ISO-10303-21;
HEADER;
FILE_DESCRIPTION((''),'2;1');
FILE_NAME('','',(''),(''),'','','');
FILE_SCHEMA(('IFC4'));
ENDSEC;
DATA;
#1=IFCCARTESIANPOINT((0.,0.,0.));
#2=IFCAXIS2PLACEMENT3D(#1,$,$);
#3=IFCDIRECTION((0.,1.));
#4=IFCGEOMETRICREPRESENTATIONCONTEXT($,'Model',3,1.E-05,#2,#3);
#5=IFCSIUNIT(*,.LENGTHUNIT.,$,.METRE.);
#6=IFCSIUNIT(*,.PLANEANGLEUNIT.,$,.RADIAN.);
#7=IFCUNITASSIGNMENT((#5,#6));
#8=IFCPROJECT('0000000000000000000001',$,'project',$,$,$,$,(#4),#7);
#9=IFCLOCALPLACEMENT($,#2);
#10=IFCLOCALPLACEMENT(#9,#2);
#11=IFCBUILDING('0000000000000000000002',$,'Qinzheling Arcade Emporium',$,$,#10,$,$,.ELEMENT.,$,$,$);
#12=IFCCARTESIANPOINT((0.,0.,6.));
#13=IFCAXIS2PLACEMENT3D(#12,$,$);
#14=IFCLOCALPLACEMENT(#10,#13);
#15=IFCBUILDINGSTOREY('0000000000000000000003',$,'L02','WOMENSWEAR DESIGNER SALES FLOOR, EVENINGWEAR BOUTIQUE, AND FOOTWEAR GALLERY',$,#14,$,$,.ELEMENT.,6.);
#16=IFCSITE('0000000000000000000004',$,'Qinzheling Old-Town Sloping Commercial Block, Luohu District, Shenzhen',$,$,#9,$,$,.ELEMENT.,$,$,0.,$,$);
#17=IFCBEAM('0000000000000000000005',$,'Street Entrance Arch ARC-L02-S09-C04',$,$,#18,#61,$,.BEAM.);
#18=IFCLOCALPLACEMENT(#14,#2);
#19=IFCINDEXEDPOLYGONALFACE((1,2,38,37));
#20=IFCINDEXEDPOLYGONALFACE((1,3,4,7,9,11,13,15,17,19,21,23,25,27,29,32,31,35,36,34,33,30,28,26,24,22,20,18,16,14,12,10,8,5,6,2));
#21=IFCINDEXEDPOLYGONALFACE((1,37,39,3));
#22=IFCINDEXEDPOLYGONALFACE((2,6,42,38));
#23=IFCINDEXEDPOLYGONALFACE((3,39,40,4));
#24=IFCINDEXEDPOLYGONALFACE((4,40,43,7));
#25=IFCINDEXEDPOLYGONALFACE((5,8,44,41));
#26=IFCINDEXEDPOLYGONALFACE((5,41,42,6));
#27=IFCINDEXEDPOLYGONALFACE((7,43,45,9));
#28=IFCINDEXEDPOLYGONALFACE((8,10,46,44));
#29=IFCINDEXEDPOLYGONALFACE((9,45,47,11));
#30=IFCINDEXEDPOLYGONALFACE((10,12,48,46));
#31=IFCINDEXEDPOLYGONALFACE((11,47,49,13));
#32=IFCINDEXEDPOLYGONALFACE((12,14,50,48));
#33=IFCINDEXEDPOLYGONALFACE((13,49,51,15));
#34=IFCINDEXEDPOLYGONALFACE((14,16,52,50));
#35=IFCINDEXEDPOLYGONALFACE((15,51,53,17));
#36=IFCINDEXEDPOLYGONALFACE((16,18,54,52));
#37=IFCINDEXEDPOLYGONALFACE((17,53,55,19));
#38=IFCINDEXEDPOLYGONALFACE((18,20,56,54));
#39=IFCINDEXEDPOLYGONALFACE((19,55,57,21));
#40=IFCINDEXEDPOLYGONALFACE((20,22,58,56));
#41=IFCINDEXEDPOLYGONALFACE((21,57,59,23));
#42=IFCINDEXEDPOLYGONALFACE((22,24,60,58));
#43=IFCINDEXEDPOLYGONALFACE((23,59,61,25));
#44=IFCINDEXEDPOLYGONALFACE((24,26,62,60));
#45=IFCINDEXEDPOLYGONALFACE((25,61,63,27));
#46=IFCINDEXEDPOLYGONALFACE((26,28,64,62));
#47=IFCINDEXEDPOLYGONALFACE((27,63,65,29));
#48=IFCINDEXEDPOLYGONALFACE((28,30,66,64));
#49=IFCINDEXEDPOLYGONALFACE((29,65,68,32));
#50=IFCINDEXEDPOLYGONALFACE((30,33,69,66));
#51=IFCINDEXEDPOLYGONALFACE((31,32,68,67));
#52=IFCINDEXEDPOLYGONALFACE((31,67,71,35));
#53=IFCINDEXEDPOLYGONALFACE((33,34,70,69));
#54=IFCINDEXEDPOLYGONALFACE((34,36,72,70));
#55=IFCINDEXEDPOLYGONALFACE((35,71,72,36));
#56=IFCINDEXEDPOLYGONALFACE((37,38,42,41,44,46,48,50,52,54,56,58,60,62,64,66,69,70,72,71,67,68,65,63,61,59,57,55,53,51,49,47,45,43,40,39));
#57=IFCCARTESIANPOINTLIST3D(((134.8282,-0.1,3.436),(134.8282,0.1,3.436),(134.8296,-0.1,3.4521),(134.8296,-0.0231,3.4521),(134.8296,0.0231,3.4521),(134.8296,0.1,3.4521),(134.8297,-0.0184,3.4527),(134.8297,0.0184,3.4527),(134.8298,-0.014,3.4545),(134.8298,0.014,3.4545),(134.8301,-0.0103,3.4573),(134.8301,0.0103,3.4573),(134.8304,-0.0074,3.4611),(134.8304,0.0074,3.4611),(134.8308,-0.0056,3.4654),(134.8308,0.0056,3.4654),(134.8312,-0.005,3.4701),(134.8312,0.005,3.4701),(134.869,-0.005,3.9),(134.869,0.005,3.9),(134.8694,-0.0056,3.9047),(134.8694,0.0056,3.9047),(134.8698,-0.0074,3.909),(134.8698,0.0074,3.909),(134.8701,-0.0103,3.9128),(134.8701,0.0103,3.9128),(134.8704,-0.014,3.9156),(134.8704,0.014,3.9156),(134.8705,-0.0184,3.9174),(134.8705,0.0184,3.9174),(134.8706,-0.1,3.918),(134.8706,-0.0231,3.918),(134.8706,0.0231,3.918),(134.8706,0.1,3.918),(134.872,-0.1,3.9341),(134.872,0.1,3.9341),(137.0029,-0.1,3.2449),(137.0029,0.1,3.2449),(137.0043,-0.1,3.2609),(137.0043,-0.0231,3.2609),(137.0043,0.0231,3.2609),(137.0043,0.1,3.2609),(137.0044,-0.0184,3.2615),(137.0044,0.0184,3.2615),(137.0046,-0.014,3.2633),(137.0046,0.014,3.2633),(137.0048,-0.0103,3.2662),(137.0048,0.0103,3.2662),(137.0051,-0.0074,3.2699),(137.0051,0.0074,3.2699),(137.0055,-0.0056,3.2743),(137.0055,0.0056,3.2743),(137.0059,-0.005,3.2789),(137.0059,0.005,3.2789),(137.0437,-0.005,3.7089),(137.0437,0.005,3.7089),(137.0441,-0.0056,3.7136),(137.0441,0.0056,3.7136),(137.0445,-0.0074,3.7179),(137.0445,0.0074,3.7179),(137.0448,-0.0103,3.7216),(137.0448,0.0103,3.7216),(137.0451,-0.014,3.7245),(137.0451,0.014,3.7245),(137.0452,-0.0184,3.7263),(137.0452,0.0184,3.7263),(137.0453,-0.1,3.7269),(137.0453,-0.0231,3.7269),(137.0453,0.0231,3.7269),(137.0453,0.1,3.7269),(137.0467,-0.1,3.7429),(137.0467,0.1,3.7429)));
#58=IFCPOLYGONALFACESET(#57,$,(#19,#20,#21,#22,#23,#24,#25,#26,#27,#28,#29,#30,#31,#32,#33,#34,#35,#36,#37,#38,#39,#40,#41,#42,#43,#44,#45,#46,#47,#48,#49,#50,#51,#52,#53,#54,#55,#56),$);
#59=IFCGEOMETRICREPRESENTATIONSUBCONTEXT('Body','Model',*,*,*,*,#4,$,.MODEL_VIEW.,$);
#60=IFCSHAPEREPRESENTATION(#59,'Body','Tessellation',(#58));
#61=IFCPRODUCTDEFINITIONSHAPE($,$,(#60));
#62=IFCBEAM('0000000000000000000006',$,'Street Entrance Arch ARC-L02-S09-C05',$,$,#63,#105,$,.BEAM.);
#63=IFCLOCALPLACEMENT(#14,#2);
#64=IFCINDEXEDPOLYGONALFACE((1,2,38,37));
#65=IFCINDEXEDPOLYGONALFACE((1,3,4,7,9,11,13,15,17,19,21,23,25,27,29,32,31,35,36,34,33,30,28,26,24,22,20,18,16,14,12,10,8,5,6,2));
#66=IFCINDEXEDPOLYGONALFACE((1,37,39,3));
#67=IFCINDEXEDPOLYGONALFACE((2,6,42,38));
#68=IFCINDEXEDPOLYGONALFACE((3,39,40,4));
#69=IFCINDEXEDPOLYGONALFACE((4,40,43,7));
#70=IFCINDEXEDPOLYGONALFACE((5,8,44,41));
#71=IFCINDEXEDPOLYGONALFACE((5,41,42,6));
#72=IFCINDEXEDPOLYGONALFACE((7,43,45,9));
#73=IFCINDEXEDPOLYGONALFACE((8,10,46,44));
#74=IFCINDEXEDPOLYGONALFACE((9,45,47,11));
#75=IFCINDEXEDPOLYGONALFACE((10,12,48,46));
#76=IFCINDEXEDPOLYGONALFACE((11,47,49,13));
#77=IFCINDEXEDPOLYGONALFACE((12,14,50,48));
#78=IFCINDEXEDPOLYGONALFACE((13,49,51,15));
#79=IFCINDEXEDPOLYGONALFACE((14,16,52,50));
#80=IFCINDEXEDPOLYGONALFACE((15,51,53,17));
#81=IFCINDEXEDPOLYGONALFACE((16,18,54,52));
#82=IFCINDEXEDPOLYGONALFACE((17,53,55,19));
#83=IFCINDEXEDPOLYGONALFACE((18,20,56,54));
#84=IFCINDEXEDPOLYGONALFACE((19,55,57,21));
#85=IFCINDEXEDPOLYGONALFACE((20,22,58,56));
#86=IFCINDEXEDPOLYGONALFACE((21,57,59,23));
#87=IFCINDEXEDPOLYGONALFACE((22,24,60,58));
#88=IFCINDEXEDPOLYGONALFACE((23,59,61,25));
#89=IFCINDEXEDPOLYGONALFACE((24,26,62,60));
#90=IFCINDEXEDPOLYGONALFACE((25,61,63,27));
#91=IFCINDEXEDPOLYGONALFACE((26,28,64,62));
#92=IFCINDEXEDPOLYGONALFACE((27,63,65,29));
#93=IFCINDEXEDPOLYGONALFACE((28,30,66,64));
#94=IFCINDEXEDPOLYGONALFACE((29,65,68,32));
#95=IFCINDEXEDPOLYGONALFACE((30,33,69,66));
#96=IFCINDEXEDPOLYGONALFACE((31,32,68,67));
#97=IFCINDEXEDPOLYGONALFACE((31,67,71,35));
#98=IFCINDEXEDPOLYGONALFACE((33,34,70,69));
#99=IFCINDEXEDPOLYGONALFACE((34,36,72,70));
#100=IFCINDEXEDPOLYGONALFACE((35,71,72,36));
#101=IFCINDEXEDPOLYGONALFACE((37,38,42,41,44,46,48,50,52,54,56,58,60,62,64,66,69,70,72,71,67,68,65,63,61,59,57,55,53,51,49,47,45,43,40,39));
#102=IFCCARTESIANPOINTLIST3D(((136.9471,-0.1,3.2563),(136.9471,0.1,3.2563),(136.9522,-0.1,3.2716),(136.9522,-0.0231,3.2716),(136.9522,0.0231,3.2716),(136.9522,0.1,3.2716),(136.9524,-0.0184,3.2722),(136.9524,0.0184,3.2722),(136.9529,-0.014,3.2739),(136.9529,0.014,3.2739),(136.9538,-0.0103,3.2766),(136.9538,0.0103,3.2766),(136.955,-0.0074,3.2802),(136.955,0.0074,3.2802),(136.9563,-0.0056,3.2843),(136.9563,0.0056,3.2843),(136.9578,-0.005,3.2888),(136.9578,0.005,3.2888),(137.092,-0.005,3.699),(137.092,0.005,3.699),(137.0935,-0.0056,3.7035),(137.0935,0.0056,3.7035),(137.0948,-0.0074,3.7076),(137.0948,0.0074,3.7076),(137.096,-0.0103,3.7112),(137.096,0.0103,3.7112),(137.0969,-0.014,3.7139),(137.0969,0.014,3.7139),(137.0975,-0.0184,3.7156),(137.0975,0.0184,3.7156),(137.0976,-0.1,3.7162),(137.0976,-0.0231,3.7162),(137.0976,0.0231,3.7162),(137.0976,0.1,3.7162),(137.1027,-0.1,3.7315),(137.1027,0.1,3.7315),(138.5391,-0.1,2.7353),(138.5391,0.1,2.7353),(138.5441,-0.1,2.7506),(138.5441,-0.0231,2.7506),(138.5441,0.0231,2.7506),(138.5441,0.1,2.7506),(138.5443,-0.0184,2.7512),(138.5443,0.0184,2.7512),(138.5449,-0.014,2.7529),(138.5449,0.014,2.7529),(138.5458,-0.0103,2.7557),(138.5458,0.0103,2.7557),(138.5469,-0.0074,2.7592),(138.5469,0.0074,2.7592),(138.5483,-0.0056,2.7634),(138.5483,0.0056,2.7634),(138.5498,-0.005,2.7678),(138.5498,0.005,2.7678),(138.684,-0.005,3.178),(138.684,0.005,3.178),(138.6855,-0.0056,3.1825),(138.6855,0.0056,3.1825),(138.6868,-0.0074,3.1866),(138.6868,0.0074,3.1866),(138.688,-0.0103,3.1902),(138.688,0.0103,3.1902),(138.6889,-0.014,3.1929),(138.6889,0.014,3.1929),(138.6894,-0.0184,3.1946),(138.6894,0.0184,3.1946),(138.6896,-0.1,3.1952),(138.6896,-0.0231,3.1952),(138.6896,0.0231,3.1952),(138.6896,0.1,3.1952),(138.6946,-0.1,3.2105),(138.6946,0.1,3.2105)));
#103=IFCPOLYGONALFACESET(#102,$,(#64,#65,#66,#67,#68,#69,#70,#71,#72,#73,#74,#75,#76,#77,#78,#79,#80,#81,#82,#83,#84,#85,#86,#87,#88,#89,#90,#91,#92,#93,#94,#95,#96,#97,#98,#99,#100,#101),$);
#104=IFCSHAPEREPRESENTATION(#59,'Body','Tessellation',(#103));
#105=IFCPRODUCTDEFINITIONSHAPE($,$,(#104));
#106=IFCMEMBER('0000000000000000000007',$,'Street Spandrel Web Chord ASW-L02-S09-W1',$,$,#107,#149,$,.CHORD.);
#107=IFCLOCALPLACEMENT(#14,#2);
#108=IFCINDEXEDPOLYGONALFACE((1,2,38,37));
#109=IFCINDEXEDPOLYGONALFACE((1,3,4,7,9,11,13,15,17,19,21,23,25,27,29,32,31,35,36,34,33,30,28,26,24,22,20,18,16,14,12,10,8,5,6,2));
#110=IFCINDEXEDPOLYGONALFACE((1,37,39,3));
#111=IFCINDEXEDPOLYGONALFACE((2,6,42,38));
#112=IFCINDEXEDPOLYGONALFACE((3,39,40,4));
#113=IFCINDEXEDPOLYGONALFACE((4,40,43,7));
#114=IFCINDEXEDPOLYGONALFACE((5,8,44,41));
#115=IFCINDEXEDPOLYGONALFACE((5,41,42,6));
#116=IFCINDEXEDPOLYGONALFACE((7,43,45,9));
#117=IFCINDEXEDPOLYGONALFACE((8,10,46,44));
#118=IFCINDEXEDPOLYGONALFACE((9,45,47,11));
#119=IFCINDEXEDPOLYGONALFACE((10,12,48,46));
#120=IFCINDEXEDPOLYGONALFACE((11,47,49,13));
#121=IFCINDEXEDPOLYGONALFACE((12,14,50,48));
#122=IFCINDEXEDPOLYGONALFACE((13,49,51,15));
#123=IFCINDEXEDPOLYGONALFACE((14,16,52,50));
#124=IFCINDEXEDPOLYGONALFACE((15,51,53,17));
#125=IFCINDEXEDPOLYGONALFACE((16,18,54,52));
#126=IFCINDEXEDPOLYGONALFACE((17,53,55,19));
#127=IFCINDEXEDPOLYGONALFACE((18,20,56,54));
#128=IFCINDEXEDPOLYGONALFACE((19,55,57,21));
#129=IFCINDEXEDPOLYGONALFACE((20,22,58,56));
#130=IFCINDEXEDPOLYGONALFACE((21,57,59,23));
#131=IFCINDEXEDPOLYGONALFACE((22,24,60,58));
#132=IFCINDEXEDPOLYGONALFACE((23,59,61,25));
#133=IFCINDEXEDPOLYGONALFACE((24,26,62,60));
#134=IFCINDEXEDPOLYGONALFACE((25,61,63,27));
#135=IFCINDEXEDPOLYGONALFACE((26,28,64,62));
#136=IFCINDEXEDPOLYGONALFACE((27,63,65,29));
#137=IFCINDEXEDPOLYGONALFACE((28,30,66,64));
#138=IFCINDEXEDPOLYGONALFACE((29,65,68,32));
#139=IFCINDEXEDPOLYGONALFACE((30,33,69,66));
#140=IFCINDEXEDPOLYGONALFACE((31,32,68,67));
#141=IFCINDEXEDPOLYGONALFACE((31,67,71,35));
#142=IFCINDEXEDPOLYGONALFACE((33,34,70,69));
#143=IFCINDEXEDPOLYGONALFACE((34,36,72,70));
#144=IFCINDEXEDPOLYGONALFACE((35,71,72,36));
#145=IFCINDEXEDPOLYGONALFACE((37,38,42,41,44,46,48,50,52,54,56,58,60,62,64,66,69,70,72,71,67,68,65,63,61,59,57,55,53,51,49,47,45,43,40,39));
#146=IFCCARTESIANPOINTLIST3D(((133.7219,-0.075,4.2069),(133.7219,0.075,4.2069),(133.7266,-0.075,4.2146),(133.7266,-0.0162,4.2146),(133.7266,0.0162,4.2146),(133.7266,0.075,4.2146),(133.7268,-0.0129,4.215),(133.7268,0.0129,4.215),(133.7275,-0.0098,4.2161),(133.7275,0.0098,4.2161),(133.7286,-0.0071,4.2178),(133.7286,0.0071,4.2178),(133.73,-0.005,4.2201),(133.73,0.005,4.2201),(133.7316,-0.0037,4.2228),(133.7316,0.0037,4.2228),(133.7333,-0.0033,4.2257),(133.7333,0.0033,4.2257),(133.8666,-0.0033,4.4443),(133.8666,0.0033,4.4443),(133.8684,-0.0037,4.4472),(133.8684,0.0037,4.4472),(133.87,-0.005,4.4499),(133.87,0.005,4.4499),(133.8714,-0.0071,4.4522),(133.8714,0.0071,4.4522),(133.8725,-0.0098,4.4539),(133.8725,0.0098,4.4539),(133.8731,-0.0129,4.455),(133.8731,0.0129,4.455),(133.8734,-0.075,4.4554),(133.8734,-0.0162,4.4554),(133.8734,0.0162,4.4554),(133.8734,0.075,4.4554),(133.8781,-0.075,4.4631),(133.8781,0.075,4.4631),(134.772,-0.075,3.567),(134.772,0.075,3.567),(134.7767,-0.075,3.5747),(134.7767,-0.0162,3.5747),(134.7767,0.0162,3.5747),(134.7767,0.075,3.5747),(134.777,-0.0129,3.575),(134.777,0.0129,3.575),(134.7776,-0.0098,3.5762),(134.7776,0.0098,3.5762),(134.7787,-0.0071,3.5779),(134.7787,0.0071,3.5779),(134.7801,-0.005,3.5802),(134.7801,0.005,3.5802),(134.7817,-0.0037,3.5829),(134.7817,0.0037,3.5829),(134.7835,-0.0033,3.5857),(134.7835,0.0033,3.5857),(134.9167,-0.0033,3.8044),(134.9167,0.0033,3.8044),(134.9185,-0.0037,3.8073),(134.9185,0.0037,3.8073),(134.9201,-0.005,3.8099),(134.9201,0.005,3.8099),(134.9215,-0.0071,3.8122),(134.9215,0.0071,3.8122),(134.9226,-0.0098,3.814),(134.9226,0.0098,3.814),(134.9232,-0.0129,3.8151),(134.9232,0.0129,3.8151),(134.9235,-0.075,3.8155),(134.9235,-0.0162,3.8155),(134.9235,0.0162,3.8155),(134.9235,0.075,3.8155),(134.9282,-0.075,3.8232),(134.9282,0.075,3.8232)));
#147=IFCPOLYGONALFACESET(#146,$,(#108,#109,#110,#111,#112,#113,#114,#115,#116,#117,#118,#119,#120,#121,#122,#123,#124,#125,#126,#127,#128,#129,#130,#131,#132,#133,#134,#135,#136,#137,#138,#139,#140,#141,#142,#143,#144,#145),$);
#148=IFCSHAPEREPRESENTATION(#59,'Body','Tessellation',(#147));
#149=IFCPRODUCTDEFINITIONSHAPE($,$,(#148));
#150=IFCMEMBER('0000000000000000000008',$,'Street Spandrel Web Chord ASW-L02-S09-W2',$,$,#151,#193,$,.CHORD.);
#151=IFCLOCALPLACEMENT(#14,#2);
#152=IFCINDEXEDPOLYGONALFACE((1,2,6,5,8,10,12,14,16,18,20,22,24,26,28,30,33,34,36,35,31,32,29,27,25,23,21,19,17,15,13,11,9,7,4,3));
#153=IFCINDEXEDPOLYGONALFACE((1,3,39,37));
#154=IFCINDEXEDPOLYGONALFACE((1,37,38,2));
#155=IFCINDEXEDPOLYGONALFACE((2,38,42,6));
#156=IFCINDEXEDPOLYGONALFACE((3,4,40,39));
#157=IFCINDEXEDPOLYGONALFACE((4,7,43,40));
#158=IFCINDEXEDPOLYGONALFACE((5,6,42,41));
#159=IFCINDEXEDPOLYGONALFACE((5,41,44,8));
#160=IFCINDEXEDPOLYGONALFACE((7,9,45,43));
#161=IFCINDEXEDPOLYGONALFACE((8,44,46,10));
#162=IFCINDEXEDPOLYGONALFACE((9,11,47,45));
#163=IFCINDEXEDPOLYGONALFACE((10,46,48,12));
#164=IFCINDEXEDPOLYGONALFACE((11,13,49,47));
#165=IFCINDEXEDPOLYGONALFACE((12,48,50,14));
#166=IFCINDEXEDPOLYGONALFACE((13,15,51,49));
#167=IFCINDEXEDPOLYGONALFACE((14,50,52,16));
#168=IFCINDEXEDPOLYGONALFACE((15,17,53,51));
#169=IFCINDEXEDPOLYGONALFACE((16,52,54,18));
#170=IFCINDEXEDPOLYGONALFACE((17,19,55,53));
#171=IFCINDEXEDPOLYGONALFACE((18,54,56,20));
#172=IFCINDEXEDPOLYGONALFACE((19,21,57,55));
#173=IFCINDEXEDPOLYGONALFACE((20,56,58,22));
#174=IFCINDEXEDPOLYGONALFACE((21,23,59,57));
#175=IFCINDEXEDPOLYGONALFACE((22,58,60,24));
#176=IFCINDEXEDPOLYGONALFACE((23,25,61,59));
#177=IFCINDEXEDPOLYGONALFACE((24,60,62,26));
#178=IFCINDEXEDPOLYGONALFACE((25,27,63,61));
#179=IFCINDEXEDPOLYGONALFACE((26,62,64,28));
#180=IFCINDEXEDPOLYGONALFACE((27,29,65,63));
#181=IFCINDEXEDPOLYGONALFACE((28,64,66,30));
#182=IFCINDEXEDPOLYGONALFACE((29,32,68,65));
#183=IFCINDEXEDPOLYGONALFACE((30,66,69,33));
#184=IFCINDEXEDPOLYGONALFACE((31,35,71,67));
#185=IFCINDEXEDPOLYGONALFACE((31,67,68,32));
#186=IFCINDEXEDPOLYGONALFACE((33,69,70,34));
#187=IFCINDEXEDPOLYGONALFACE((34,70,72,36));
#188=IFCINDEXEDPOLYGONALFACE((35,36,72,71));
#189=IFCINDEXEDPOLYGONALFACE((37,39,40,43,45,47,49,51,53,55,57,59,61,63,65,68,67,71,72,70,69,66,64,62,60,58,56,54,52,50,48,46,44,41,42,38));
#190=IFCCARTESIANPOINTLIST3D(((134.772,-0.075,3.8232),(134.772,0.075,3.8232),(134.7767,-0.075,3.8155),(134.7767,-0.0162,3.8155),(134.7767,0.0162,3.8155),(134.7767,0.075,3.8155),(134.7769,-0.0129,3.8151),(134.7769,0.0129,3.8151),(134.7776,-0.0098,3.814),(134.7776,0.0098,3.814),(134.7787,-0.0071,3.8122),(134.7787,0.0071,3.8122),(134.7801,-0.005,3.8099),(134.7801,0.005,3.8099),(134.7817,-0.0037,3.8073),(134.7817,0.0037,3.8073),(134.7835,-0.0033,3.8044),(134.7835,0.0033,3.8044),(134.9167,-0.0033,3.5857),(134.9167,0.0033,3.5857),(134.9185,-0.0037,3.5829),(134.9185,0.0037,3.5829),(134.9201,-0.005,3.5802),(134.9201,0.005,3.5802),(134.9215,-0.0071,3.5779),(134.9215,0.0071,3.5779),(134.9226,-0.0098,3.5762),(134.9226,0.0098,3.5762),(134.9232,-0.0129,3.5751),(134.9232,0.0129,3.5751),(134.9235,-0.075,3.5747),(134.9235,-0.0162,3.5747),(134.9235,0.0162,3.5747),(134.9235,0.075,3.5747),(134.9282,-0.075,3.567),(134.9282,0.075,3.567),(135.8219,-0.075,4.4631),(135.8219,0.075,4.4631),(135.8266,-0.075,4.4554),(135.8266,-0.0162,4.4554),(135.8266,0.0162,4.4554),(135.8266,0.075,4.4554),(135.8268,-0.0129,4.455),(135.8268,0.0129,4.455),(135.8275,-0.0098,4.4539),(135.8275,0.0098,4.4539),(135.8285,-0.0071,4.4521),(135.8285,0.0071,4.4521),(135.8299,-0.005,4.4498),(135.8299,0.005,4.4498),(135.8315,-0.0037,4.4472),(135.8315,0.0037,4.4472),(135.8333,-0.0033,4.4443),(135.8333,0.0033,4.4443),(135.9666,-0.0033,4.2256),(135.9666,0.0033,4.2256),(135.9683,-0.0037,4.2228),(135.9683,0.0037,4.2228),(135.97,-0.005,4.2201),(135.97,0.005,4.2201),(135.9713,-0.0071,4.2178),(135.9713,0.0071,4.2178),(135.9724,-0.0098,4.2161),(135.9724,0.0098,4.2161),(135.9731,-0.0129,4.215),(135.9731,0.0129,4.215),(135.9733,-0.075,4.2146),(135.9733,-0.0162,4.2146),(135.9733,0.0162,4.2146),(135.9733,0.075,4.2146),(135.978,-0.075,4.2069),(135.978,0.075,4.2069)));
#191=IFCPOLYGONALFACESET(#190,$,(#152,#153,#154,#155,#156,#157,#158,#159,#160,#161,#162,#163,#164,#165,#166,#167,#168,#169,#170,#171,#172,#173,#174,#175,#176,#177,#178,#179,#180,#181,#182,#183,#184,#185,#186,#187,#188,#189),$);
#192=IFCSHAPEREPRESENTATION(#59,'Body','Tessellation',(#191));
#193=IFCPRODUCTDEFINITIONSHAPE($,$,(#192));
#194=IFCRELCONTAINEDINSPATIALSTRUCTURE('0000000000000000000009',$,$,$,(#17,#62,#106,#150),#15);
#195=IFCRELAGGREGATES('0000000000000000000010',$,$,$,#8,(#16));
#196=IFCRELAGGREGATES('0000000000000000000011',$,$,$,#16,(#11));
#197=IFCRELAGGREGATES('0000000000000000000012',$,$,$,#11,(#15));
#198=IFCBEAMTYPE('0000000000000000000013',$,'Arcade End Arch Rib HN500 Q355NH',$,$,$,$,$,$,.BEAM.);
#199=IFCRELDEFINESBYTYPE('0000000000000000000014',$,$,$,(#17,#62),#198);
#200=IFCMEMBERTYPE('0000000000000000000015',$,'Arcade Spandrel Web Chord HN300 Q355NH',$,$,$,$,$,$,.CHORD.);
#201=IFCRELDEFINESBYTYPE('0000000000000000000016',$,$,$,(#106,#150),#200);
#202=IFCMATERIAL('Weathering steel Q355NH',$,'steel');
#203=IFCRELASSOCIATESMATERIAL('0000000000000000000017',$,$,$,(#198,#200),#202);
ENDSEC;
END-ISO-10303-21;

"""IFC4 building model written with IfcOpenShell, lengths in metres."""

from ifc_helpers import new_model, si_unit, direction, frame, origin, origin_2d, place, context, subcontext, project, spatial, i_section, extrude, material, material_profile, profile_set, type_object, element, save


model = new_model("IFC4")

# Units and contexts
model_context = context("Model", 3, precision=1e-05, world=origin(), true_north=direction((0.0, 1.0)))
body_context = subcontext(model_context, "Body", "Model", "MODEL_VIEW")
ifc_project = project(units=[si_unit("LENGTHUNIT", "METRE"), si_unit("PLANEANGLEUNIT", "RADIAN")], contexts=[model_context])

# Site, building, storey
site_placement = place(None, origin())
site = spatial("IfcSite", under=ifc_project, at=site_placement, Name="Qinzheling Old-Town Sloping Commercial Block, Luohu District, Shenzhen", CompositionType="ELEMENT", RefElevation=0.0)
building_placement = place(site_placement, origin())
building = spatial("IfcBuilding", under=site, at=building_placement, Name="Qinzheling Arcade Emporium", CompositionType="ELEMENT")
storey_placement = place(building_placement, frame((0.0, 0.0, 6.0)))
storey = spatial("IfcBuildingStorey", under=building, at=storey_placement, Name="L02", Description="WOMENSWEAR DESIGNER SALES FLOOR, EVENINGWEAR BOUTIQUE, AND FOOTWEAR GALLERY", CompositionType="ELEMENT", Elevation=6.0)

# Beams
ifc_material_1 = material(Name="Weathering steel Q355NH", Category="steel")
ifc_material_profile_1 = material_profile(ifc_material_1, i_section(OverallWidth=0.2, OverallDepth=0.5, WebThickness=0.01, FlangeThickness=0.0161, FilletRadius=0.0181, at=origin_2d()), Name="HN 500x200x10x16", Category="steel")
ifc_profile_set_1 = profile_set([ifc_material_profile_1], Name="Weathering steel Q355NH")
beam_type = type_object("IfcBeamType", Name="Arcade End Arch Rib HN500 Q355NH", PredefinedType="BEAM", material=ifc_profile_set_1)
beam_1_placement = place(storey_placement, frame((134.8501, 0.0, 3.6851), z_axis=(0.996159, 0.0, -0.087561), x_axis=(0.0, 1.0, 0.0)))
element("IfcBeam", 1, at=beam_1_placement, inside=storey, type_object=beam_type, Name="Street Entrance Arch ARC-L02-S09-C04", PredefinedType="BEAM", context=body_context, shape_type="SweptSolid", body=[
    extrude(i_section(OverallWidth=0.2, OverallDepth=0.5, WebThickness=0.01, FlangeThickness=0.0161, FilletRadius=0.0181, at=origin_2d()), origin(), (0.0, 0.0, 1.0), 2.1831),
])
beam_2_placement = place(storey_placement, frame((137.0249, 0.0, 3.4939), z_axis=(0.950403, 0.0, -0.31102), x_axis=(0.0, 1.0, 0.0)))
element("IfcBeam", 2, at=beam_2_placement, inside=storey, type_object=beam_type, Name="Street Entrance Arch ARC-L02-S09-C05", PredefinedType="BEAM", context=body_context, shape_type="SweptSolid", body=[
    extrude(i_section(OverallWidth=0.2, OverallDepth=0.5, WebThickness=0.01, FlangeThickness=0.0161, FilletRadius=0.0181, at=origin_2d()), origin(), (0.0, 0.0, 1.0), 1.675),
])

# Members
ifc_material_profile_2 = material_profile(ifc_material_1, i_section(OverallWidth=0.1499, OverallDepth=0.3, WebThickness=0.0066, FlangeThickness=0.009, FilletRadius=0.0129, at=origin_2d()), Name="HN 300x150x6.5x9", Category="steel")
ifc_profile_set_2 = profile_set([ifc_material_profile_2], Name="Weathering steel Q355NH")
member_type_1 = type_object("IfcMemberType", Name="Arcade Spandrel Web Chord HN300 Q355NH", PredefinedType="CHORD", material=ifc_profile_set_2)
member_1_placement = place(storey_placement, frame((134.8501, 0.0, 3.6951), z_axis=(-0.853934, 0.0, 0.520381), x_axis=(0.0, -1.0, 0.0)))
element("IfcMember", 3, at=member_1_placement, inside=storey, type_object=member_type_1, Name="Street Spandrel Web Chord ASW-L02-S09-W1", PredefinedType="CHORD", context=body_context, shape_type="SweptSolid", body=[
    extrude(i_section(OverallWidth=0.1499, OverallDepth=0.3, WebThickness=0.0066, FlangeThickness=0.009, FilletRadius=0.0129, at=origin_2d()), origin(), (0.0, 0.0, 1.0), 1.2297),
])
member_2_placement = place(storey_placement, frame((134.8501, 0.0, 3.6951), z_axis=(0.85388, 0.0, 0.52047), x_axis=(0.0, 1.0, 0.0)))
element("IfcMember", 4, at=member_2_placement, inside=storey, type_object=member_type_1, Name="Street Spandrel Web Chord ASW-L02-S09-W2", PredefinedType="CHORD", context=body_context, shape_type="SweptSolid", body=[
    extrude(i_section(OverallWidth=0.1499, OverallDepth=0.3, WebThickness=0.0066, FlangeThickness=0.009, FilletRadius=0.0129, at=origin_2d()), origin(), (0.0, 0.0, 1.0), 1.2295),
])

save(model, "model.ifc")
